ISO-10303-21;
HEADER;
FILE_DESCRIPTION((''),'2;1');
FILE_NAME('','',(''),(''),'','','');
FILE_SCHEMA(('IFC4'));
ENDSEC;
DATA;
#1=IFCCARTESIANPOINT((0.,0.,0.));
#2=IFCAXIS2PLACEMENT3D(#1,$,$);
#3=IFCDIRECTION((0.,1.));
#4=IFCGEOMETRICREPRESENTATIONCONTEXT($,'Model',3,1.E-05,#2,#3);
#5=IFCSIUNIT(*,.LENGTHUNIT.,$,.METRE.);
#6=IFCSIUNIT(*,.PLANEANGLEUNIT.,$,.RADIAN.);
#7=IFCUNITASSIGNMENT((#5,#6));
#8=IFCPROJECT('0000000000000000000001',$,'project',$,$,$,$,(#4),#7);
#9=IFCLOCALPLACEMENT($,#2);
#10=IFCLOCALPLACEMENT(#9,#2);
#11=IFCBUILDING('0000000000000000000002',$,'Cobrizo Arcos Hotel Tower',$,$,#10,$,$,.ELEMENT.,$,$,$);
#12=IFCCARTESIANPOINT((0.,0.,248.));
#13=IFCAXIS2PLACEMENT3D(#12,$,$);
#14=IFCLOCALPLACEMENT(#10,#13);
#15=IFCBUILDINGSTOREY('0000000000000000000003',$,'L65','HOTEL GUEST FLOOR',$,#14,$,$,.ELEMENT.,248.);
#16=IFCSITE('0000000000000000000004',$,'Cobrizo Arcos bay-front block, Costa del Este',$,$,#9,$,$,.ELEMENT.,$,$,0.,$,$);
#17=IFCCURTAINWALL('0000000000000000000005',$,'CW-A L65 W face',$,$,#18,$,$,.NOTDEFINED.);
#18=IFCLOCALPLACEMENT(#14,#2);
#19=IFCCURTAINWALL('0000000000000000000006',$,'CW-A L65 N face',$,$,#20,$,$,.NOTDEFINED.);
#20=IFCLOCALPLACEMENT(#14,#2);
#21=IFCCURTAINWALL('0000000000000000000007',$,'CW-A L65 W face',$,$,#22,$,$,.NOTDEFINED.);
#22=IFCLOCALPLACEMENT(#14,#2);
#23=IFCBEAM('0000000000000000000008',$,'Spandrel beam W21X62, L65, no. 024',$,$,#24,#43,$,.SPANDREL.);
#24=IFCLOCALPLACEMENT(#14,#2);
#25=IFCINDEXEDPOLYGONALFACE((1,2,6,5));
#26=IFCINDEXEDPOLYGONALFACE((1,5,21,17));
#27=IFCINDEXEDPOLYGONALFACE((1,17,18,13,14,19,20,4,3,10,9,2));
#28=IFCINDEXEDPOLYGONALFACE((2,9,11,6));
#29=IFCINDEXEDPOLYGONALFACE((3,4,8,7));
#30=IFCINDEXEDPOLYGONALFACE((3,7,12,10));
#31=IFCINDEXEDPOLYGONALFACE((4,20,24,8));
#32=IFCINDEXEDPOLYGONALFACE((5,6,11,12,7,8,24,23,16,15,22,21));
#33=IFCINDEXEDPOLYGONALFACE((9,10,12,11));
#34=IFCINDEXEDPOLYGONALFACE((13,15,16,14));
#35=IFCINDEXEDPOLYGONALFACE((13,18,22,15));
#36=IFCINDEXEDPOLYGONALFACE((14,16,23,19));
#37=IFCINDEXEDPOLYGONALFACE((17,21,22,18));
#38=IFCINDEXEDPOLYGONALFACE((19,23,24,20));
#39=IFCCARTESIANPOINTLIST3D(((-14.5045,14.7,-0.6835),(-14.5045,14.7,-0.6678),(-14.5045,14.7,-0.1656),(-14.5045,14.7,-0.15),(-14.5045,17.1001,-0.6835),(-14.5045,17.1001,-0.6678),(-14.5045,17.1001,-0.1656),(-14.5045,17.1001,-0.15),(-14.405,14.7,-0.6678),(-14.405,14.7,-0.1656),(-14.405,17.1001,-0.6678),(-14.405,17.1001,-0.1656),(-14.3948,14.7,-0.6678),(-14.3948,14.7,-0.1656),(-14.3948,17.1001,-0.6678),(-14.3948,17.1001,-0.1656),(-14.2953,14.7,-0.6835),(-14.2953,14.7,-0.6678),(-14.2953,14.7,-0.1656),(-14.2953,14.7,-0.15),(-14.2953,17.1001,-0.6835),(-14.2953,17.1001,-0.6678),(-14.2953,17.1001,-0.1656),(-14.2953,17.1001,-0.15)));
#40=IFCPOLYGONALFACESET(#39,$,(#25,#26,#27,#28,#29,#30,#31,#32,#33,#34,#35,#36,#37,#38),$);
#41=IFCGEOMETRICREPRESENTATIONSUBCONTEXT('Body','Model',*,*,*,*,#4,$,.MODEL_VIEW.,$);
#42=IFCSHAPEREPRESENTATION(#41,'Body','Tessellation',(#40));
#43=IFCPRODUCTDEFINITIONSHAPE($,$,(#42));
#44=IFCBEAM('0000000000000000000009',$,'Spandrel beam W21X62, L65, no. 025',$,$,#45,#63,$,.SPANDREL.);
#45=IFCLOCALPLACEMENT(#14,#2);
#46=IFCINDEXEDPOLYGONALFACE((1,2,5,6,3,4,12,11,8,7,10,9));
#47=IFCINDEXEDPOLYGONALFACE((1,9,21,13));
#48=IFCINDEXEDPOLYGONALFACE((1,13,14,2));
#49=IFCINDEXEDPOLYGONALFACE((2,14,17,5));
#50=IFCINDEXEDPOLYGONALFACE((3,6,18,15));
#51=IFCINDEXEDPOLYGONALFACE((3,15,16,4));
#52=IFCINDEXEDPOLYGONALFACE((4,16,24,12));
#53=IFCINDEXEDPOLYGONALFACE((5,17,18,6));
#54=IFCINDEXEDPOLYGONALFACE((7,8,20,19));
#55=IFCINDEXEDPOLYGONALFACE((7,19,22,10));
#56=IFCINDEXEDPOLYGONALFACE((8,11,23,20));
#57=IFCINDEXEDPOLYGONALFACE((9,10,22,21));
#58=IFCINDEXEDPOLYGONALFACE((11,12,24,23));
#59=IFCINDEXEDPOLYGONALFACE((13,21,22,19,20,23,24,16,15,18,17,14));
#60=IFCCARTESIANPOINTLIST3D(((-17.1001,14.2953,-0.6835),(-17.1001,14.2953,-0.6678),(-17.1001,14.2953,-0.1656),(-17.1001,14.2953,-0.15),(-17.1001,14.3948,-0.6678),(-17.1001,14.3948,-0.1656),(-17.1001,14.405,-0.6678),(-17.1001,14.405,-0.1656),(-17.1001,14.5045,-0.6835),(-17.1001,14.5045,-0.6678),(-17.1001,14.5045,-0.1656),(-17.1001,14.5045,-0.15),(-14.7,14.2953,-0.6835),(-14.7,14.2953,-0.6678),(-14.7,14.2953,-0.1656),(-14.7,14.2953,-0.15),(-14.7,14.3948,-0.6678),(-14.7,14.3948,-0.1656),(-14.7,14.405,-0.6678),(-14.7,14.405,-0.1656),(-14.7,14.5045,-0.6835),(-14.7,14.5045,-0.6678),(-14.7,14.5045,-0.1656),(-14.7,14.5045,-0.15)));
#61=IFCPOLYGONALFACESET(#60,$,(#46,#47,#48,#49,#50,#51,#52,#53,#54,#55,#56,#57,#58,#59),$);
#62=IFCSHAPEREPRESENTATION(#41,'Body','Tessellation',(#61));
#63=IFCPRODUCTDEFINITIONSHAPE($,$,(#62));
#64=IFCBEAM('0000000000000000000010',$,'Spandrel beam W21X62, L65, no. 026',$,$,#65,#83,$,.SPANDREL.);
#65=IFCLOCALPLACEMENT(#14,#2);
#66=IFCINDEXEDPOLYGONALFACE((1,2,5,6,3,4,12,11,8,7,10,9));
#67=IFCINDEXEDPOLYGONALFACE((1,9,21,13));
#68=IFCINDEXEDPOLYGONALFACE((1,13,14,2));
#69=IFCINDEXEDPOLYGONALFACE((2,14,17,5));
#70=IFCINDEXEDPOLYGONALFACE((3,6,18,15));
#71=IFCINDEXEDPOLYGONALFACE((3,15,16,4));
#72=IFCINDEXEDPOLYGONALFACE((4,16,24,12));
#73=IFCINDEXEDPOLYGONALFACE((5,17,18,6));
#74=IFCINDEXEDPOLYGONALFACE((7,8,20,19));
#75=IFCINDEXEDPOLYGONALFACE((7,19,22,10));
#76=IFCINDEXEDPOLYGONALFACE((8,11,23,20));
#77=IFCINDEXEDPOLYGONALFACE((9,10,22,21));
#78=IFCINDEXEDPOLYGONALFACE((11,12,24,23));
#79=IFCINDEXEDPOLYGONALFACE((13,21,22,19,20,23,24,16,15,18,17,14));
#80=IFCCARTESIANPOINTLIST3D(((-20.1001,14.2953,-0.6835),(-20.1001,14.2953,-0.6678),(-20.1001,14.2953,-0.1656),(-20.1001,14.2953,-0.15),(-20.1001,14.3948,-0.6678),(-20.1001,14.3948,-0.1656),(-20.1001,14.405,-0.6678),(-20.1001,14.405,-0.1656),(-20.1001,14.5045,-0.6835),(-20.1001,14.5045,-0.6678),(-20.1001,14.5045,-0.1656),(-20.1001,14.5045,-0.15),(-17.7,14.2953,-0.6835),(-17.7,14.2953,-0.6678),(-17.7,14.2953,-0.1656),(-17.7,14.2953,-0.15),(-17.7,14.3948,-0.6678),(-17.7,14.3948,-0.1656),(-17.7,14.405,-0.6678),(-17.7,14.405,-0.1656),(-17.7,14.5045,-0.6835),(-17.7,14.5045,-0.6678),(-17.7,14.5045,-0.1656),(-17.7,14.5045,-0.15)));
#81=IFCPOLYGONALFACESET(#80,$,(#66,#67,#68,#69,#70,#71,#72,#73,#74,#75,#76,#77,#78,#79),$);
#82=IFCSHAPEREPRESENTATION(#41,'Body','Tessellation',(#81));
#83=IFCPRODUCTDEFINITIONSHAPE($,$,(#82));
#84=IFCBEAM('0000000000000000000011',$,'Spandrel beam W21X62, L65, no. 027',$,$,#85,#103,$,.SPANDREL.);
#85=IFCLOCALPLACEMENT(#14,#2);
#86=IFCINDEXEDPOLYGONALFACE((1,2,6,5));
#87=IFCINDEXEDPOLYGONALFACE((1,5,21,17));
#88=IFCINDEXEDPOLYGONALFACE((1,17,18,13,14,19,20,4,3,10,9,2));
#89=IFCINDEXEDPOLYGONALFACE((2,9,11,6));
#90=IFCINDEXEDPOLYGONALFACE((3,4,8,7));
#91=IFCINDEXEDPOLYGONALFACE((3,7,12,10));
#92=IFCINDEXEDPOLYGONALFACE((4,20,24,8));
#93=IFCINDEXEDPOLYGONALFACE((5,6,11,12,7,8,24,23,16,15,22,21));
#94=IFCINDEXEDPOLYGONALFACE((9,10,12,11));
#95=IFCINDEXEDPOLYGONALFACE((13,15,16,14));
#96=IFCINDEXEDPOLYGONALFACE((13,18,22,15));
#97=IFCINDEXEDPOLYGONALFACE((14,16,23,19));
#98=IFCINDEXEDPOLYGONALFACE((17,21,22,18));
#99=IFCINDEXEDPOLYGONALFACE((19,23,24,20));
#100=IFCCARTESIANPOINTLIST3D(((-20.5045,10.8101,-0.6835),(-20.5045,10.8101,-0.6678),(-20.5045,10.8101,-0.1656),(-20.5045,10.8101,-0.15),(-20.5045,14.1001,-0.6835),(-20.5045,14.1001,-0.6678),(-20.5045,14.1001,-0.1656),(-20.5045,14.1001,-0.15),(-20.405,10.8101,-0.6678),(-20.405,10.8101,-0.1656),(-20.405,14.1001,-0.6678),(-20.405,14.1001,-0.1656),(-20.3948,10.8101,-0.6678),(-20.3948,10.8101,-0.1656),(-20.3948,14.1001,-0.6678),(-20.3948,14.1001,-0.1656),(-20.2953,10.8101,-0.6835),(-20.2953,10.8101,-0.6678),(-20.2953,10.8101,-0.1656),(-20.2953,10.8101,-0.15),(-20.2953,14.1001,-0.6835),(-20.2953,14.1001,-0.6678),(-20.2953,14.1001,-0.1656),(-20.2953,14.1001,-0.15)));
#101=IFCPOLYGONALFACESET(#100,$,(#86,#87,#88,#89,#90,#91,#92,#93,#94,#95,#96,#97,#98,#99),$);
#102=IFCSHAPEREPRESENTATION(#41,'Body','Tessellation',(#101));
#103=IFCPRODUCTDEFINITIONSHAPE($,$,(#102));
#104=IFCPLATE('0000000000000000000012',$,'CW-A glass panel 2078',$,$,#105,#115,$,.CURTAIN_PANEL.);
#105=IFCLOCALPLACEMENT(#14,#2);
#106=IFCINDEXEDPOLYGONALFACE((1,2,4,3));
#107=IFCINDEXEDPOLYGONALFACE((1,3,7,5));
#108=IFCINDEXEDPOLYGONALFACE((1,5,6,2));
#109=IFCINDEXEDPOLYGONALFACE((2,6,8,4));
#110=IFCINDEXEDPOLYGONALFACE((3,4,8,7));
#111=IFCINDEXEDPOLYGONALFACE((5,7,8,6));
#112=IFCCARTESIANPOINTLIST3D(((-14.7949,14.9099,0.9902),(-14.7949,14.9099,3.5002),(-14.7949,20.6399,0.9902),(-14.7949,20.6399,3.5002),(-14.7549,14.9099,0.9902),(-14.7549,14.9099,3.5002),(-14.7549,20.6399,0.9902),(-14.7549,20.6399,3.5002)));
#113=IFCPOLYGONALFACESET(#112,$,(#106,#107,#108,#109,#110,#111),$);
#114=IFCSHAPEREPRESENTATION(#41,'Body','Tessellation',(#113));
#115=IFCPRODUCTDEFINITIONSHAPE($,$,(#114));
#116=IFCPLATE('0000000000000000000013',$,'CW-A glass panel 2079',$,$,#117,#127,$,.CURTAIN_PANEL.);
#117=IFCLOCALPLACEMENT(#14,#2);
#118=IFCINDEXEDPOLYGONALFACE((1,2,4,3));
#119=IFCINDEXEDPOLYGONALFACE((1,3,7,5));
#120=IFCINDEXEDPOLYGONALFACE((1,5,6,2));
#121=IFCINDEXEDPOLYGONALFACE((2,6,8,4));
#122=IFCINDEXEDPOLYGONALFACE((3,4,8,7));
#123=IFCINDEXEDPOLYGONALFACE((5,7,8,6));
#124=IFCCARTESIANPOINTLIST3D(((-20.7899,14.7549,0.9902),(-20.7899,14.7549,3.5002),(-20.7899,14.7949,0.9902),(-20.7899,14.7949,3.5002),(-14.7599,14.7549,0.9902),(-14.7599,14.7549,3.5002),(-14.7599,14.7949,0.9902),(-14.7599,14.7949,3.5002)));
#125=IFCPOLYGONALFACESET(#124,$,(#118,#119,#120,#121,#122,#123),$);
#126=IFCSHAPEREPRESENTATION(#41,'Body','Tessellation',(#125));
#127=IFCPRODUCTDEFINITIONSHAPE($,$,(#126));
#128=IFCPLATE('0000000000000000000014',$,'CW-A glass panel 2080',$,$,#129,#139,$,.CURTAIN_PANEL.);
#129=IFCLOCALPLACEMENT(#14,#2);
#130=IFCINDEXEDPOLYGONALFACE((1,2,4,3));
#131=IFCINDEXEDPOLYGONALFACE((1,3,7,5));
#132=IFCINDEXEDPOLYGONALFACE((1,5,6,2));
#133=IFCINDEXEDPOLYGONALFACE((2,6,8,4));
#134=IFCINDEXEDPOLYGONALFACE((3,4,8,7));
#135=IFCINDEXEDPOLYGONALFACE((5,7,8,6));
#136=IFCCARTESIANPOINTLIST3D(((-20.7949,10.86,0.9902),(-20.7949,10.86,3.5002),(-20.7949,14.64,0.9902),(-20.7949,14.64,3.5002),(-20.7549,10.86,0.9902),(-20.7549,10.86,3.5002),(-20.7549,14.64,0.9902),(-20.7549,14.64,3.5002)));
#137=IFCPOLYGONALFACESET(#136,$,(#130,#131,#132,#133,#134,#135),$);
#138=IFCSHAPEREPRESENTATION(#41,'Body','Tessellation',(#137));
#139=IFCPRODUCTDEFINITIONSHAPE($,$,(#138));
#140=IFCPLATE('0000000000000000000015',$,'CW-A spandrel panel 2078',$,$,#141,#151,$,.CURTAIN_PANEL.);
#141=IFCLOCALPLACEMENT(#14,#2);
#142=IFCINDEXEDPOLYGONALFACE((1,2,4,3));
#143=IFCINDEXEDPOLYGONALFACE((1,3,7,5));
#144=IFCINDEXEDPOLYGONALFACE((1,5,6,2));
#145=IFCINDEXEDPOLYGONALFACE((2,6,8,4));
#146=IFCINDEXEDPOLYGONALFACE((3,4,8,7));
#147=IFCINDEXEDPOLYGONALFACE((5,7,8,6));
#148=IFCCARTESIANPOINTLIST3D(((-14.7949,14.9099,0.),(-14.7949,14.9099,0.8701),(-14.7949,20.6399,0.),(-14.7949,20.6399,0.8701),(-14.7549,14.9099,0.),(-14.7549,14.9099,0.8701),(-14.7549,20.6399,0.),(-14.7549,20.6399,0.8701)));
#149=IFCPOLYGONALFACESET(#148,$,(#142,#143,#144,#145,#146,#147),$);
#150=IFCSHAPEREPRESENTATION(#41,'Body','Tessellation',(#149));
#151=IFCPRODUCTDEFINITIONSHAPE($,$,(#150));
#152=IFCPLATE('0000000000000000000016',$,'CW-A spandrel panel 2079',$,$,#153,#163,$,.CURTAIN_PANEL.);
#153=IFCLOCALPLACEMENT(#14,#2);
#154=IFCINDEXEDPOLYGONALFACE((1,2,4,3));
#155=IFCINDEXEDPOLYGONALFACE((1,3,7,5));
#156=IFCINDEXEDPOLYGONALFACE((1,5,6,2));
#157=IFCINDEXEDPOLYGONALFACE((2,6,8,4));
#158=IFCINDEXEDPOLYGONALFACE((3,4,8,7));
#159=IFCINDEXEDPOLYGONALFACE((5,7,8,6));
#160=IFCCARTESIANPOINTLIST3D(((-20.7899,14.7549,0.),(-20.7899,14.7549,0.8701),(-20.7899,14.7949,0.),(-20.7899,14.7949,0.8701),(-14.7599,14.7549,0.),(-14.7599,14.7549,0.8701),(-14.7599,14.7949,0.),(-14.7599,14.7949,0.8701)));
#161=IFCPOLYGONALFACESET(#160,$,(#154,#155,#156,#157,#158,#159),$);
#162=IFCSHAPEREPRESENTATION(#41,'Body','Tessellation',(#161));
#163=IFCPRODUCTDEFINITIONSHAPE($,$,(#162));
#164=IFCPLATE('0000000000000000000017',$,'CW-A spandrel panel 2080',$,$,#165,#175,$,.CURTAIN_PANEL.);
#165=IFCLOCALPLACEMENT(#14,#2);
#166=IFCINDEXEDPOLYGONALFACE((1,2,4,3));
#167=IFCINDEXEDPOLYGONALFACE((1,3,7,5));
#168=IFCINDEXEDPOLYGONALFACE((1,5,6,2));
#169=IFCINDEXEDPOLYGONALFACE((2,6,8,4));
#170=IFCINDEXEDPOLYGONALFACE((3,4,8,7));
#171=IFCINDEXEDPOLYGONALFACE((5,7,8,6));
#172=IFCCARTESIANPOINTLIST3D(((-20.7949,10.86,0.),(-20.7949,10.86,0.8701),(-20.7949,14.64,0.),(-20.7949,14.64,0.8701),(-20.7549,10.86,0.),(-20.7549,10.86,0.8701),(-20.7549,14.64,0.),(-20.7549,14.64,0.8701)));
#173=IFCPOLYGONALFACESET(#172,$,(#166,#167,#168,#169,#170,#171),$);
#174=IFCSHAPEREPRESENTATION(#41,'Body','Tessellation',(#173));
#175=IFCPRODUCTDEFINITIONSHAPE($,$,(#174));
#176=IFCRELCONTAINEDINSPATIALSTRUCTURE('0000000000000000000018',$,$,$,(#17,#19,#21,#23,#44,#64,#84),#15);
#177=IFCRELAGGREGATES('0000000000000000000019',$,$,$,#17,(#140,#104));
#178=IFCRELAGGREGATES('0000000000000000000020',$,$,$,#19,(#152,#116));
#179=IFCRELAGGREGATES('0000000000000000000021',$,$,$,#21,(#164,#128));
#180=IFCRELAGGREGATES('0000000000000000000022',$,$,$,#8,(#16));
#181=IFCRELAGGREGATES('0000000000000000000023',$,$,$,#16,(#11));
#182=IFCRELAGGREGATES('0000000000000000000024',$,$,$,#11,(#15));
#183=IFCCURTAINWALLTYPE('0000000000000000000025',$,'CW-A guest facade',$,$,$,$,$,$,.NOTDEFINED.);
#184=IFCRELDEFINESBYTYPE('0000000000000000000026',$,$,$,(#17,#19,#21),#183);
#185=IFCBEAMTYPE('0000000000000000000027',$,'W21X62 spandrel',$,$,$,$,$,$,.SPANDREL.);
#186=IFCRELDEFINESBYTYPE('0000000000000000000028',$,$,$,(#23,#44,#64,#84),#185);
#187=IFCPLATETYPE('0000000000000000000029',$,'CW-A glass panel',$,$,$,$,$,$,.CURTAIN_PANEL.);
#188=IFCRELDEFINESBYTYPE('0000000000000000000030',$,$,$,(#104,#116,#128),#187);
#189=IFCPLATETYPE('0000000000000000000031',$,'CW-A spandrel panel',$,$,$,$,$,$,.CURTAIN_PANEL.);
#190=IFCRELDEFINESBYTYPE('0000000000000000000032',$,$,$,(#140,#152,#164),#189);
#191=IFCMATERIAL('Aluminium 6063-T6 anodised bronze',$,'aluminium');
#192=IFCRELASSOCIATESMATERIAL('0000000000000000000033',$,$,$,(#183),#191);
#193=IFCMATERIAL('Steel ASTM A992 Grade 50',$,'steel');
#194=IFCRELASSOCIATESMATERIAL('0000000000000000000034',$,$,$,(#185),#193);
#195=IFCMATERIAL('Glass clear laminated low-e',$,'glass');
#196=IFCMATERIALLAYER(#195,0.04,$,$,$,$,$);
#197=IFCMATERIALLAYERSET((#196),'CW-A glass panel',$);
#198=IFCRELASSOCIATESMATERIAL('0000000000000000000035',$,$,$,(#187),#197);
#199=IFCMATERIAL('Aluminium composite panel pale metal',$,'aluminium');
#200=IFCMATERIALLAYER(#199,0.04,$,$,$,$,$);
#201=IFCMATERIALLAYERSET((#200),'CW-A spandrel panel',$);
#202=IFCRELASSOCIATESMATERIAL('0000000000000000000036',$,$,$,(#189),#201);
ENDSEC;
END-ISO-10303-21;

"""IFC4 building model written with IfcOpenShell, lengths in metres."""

from ifc_helpers import new_model, si_unit, direction, frame, origin, origin_2d, place, context, subcontext, project, spatial, rectangle, i_section, extrude, material, layer, layer_set, material_profile, profile_set, type_object, element, aggregate, save


model = new_model("IFC4")

# Units and contexts
model_context = context("Model", 3, precision=1e-05, world=origin(), true_north=direction((0.0, 1.0)))
body_context = subcontext(model_context, "Body", "Model", "MODEL_VIEW")
ifc_project = project(units=[si_unit("LENGTHUNIT", "METRE"), si_unit("PLANEANGLEUNIT", "RADIAN")], contexts=[model_context])

# Site, building, storey
site_placement = place(None, origin())
site = spatial("IfcSite", under=ifc_project, at=site_placement, Name="Cobrizo Arcos bay-front block, Costa del Este", CompositionType="ELEMENT", RefElevation=0.0)
building_placement = place(site_placement, origin())
building = spatial("IfcBuilding", under=site, at=building_placement, Name="Cobrizo Arcos Hotel Tower", CompositionType="ELEMENT")
storey_placement = place(building_placement, frame((0.0, 0.0, 248.0)))
storey = spatial("IfcBuildingStorey", under=building, at=storey_placement, Name="L65", Description="HOTEL GUEST FLOOR", CompositionType="ELEMENT", Elevation=248.0)

# Shared definitions
ifc_material_1 = material(Name="Aluminium 6063-T6 anodised bronze", Category="aluminium")
curtain_wall_type = type_object("IfcCurtainWallType", Name="CW-A guest facade", PredefinedType="NOTDEFINED", material=ifc_material_1)

# Curtain walls
curtain_wall_1_placement = place(storey_placement, origin())
curtain_wall_1 = element("IfcCurtainWall", 1, at=curtain_wall_1_placement, inside=storey, type_object=curtain_wall_type, Name="CW-A L65 W face", PredefinedType="NOTDEFINED")
curtain_wall_2_placement = place(storey_placement, origin())
curtain_wall_2 = element("IfcCurtainWall", 2, at=curtain_wall_2_placement, inside=storey, type_object=curtain_wall_type, Name="CW-A L65 N face", PredefinedType="NOTDEFINED")
curtain_wall_3_placement = place(storey_placement, origin())
curtain_wall_3 = element("IfcCurtainWall", 3, at=curtain_wall_3_placement, inside=storey, type_object=curtain_wall_type, Name="CW-A L65 W face", PredefinedType="NOTDEFINED")

# Beams
ifc_material_2 = material(Name="Steel ASTM A992 Grade 50", Category="steel")
ifc_material_profile_1 = material_profile(ifc_material_2, i_section(OverallWidth=0.2092, OverallDepth=0.5334, WebThickness=0.0103, FlangeThickness=0.0156, at=origin_2d()), Name="W21X62")
ifc_profile_set_1 = profile_set([ifc_material_profile_1], Name="Steel ASTM A992 Grade 50")
beam_type = type_object("IfcBeamType", Name="W21X62 spandrel", PredefinedType="SPANDREL", material=ifc_profile_set_1)
for number, where, z_axis, x_axis, name in (
    (4, (-14.3999, 17.1001, -0.4167), (0.0, -1.0, 0.0), (1.0, 0.0, 0.0), "Spandrel beam W21X62, L65, no. 024"),
    (5, (-14.7, 14.3999, -0.4167), (-1.0, 0.0, 0.0), (0.0, -1.0, 0.0), "Spandrel beam W21X62, L65, no. 025"),
    (6, (-17.7, 14.3999, -0.4167), (-1.0, 0.0, 0.0), (0.0, -1.0, 0.0), "Spandrel beam W21X62, L65, no. 026"),
):
    element("IfcBeam", number, at=place(storey_placement, frame(where, z_axis=z_axis, x_axis=x_axis)), inside=storey, type_object=beam_type, Name=name, PredefinedType="SPANDREL", context=body_context, shape_type="SweptSolid", body=[
        extrude(i_section(OverallWidth=0.2092, OverallDepth=0.5334, WebThickness=0.0103, FlangeThickness=0.0156, at=origin_2d()), origin(), (0.0, 0.0, 1.0), 2.4001),
    ])
beam_placement = place(storey_placement, frame((-20.3999, 14.1001, -0.4167), z_axis=(0.0, -1.0, 0.0), x_axis=(1.0, 0.0, 0.0)))
element("IfcBeam", 7, at=beam_placement, inside=storey, type_object=beam_type, Name="Spandrel beam W21X62, L65, no. 027", PredefinedType="SPANDREL", context=body_context, shape_type="SweptSolid", body=[
    extrude(i_section(OverallWidth=0.2092, OverallDepth=0.5334, WebThickness=0.0103, FlangeThickness=0.0156, at=origin_2d()), origin(), (0.0, 0.0, 1.0), 3.29),
])

# Plates
ifc_material_3 = material(Name="Glass clear laminated low-e", Category="glass")
ifc_layer_1 = layer(ifc_material_3, 0.04)
ifc_layer_set_1 = layer_set([ifc_layer_1], Name="CW-A glass panel")
plate_type_1 = type_object("IfcPlateType", Name="CW-A glass panel", PredefinedType="CURTAIN_PANEL", material=ifc_layer_set_1)
plate_1_placement = place(storey_placement, frame((-14.7749, 17.7749, 0.9902), z_axis=(0.0, 0.0, 1.0), x_axis=(0.0, -1.0, 0.0)))
plate_1 = element("IfcPlate", 8, at=plate_1_placement, type_object=plate_type_1, Name="CW-A glass panel 2078", PredefinedType="CURTAIN_PANEL", context=body_context, shape_type="SweptSolid", body=[
    extrude(rectangle(XDim=5.73, YDim=0.04, at=origin_2d()), origin(), (0.0, 0.0, 1.0), 2.51),
])
plate_2_placement = place(storey_placement, frame((-17.7749, 14.7749, 0.9902), z_axis=(0.0, 0.0, 1.0), x_axis=(-1.0, 0.0, 0.0)))
plate_2 = element("IfcPlate", 9, at=plate_2_placement, type_object=plate_type_1, Name="CW-A glass panel 2079", PredefinedType="CURTAIN_PANEL", context=body_context, shape_type="SweptSolid", body=[
    extrude(rectangle(XDim=6.03, YDim=0.04, at=origin_2d()), origin(), (0.0, 0.0, 1.0), 2.51),
])
plate_3_placement = place(storey_placement, frame((-20.7749, 12.75, 0.9902), z_axis=(0.0, 0.0, 1.0), x_axis=(0.0, -1.0, 0.0)))
plate_3 = element("IfcPlate", 10, at=plate_3_placement, type_object=plate_type_1, Name="CW-A glass panel 2080", PredefinedType="CURTAIN_PANEL", context=body_context, shape_type="SweptSolid", body=[
    extrude(rectangle(XDim=3.78, YDim=0.04, at=origin_2d()), origin(), (0.0, 0.0, 1.0), 2.51),
])
ifc_material_4 = material(Name="Aluminium composite panel pale metal", Category="aluminium")
ifc_layer_2 = layer(ifc_material_4, 0.04)
ifc_layer_set_2 = layer_set([ifc_layer_2], Name="CW-A spandrel panel")
plate_type_2 = type_object("IfcPlateType", Name="CW-A spandrel panel", PredefinedType="CURTAIN_PANEL", material=ifc_layer_set_2)
plate_4_placement = place(storey_placement, frame((-14.7749, 17.7749, 0.0), z_axis=(0.0, 0.0, 1.0), x_axis=(0.0, -1.0, 0.0)))
plate_4 = element("IfcPlate", 11, at=plate_4_placement, type_object=plate_type_2, Name="CW-A spandrel panel 2078", PredefinedType="CURTAIN_PANEL", context=body_context, shape_type="SweptSolid", body=[
    extrude(rectangle(XDim=5.73, YDim=0.04, at=origin_2d()), origin(), (0.0, 0.0, 1.0), 0.8701),
])
aggregate(curtain_wall_1, [plate_4, plate_1])
plate_5_placement = place(storey_placement, frame((-17.7749, 14.7749, 0.0), z_axis=(0.0, 0.0, 1.0), x_axis=(-1.0, 0.0, 0.0)))
plate_5 = element("IfcPlate", 12, at=plate_5_placement, type_object=plate_type_2, Name="CW-A spandrel panel 2079", PredefinedType="CURTAIN_PANEL", context=body_context, shape_type="SweptSolid", body=[
    extrude(rectangle(XDim=6.03, YDim=0.04, at=origin_2d()), origin(), (0.0, 0.0, 1.0), 0.8701),
])
aggregate(curtain_wall_2, [plate_5, plate_2])
plate_6_placement = place(storey_placement, frame((-20.7749, 12.75, 0.0), z_axis=(0.0, 0.0, 1.0), x_axis=(0.0, -1.0, 0.0)))
plate_6 = element("IfcPlate", 13, at=plate_6_placement, type_object=plate_type_2, Name="CW-A spandrel panel 2080", PredefinedType="CURTAIN_PANEL", context=body_context, shape_type="SweptSolid", body=[
    extrude(rectangle(XDim=3.78, YDim=0.04, at=origin_2d()), origin(), (0.0, 0.0, 1.0), 0.8701),
])
aggregate(curtain_wall_3, [plate_6, plate_3])

save(model, "model.ifc")
